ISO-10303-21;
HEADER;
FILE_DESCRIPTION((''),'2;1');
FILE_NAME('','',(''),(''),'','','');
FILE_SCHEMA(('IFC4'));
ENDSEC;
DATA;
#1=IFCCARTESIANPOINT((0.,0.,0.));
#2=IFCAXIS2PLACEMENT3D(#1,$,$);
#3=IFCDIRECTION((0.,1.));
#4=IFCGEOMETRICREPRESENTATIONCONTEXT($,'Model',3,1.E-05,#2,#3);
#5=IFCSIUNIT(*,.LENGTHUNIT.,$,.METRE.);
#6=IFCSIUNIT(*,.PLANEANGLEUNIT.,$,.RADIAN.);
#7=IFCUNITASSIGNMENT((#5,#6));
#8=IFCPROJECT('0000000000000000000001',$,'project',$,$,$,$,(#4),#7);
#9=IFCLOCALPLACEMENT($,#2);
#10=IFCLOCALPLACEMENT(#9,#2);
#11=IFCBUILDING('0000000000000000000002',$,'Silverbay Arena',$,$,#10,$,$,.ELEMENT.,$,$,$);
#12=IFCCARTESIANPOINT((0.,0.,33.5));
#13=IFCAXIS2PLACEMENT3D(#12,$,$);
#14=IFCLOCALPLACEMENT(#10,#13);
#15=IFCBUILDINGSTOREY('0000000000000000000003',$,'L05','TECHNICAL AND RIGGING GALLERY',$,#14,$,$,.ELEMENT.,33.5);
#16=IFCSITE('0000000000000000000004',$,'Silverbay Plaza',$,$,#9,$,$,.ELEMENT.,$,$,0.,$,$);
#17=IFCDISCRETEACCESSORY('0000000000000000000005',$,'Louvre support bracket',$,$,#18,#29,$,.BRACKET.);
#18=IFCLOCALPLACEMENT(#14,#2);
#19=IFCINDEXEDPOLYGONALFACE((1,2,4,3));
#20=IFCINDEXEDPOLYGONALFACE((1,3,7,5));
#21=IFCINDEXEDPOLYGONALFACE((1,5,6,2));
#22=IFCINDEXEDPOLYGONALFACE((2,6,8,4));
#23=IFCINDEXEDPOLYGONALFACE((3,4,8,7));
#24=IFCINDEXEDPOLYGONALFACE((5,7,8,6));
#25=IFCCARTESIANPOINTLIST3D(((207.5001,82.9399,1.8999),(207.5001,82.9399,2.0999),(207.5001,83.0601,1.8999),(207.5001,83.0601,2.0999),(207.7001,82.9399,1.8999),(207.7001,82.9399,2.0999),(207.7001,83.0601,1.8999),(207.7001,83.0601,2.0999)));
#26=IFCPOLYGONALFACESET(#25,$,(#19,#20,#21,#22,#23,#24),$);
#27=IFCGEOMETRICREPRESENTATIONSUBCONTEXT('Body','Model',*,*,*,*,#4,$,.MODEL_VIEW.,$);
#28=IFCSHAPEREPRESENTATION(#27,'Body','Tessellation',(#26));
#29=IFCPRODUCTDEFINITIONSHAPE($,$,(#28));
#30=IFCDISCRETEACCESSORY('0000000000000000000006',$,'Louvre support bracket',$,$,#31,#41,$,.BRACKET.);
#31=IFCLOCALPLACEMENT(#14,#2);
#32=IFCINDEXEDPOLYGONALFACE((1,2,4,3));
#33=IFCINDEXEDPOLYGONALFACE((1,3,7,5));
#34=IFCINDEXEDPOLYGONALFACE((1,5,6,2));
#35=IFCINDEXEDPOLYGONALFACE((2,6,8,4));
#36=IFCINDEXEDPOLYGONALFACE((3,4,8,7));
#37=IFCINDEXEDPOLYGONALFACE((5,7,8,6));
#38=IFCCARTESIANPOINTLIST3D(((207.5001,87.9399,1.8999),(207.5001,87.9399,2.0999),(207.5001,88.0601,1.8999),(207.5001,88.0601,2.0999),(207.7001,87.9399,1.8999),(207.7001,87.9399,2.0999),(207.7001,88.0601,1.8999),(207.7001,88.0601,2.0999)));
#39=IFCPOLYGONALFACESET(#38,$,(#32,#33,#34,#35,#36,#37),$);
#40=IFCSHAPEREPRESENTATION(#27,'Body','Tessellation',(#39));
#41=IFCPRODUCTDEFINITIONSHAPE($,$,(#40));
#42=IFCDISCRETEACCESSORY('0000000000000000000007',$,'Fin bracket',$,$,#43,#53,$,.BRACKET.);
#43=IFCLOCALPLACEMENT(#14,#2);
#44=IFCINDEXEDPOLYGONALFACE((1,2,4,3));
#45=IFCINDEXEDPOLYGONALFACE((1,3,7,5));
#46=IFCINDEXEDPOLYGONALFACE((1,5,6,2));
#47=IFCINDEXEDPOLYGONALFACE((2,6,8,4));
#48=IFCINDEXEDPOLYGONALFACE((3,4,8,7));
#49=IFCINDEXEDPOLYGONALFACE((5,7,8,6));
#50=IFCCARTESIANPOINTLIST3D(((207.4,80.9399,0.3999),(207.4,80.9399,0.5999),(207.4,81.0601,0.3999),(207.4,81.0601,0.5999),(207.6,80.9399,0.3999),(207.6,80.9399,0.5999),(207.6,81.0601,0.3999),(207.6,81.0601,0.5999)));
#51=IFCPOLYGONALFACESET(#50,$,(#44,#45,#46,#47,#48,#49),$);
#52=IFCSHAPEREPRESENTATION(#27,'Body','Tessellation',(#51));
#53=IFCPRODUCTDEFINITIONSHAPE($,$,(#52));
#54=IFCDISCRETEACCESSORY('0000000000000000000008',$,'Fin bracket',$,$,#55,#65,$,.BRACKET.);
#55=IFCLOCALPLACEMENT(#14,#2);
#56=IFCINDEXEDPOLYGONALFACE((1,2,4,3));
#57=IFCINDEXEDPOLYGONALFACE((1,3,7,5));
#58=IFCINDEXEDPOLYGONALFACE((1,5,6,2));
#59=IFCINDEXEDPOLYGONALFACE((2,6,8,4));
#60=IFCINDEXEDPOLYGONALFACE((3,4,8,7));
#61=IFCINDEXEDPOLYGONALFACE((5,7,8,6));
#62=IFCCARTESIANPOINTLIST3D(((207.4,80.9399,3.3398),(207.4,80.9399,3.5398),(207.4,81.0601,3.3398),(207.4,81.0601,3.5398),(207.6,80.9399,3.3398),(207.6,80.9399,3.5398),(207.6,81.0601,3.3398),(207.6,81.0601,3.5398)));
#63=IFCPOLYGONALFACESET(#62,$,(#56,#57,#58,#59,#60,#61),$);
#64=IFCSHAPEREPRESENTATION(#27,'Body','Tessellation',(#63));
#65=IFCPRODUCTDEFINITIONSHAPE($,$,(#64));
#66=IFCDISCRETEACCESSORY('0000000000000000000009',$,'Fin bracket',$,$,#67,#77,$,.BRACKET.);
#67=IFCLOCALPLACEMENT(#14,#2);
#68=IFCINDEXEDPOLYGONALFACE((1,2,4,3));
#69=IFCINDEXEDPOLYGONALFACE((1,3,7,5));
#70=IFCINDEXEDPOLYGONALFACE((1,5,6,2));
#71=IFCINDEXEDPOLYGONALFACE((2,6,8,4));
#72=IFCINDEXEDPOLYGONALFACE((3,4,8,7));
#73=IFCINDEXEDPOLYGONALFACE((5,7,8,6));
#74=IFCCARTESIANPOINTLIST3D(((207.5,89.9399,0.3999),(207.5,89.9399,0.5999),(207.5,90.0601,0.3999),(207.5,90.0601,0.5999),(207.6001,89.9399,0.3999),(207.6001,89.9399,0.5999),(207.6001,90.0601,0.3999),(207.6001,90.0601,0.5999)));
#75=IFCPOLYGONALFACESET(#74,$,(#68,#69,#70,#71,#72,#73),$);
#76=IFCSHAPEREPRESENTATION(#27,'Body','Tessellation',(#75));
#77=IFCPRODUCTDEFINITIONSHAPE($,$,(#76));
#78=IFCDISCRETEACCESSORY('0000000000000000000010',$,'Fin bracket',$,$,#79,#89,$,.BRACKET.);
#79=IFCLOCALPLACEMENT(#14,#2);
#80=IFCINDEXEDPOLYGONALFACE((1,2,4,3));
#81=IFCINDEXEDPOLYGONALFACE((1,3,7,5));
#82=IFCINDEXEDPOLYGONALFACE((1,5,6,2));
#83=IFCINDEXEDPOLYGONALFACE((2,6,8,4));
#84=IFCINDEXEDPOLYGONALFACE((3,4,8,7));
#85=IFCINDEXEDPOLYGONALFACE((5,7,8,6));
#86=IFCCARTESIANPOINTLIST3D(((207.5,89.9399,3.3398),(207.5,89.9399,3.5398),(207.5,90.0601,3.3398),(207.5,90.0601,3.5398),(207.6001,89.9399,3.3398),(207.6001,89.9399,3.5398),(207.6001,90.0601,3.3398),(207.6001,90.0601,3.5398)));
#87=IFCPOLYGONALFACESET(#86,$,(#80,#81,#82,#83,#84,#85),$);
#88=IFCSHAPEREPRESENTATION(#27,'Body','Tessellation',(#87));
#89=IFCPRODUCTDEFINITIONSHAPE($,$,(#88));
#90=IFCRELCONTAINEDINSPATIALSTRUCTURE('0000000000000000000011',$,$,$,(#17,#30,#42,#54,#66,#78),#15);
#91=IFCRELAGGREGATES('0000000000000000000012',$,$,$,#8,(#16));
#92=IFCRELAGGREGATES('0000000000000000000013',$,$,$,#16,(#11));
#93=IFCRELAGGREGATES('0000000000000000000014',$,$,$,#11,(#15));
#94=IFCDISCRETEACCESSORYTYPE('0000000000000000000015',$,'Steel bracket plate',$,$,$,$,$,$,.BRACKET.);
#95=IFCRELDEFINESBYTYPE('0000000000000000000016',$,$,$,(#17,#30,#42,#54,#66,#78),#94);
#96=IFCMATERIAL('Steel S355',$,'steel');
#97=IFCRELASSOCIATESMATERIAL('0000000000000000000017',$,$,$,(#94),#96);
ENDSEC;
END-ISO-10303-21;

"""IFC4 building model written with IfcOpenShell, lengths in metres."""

from ifc_helpers import new_model, si_unit, direction, frame, origin, origin_2d, place, context, subcontext, project, spatial, rectangle, extrude, material, type_object, element, save


model = new_model("IFC4")

# Units and contexts
model_context = context("Model", 3, precision=1e-05, world=origin(), true_north=direction((0.0, 1.0)))
body_context = subcontext(model_context, "Body", "Model", "MODEL_VIEW")
ifc_project = project(units=[si_unit("LENGTHUNIT", "METRE"), si_unit("PLANEANGLEUNIT", "RADIAN")], contexts=[model_context])

# Site, building, storey
site_placement = place(None, origin())
site = spatial("IfcSite", under=ifc_project, at=site_placement, Name="Silverbay Plaza", CompositionType="ELEMENT", RefElevation=0.0)
building_placement = place(site_placement, origin())
building = spatial("IfcBuilding", under=site, at=building_placement, Name="Silverbay Arena", CompositionType="ELEMENT")
storey_placement = place(building_placement, frame((0.0, 0.0, 33.5)))
storey = spatial("IfcBuildingStorey", under=building, at=storey_placement, Name="L05", Description="TECHNICAL AND RIGGING GALLERY", CompositionType="ELEMENT", Elevation=33.5)

# Discrete accessories
ifc_material_1 = material(Name="Steel S355", Category="steel")
discrete_accessory_type = type_object("IfcDiscreteAccessoryType", Name="Steel bracket plate", PredefinedType="BRACKET", material=ifc_material_1)
for number, where, z_axis, x_axis, name in (
    (1, (207.6001, 83.0, 1.8999), (0.0, 0.0, 1.0), (0.0, 1.0, 0.0), "Louvre support bracket"),
    (2, (207.6001, 88.0, 1.8999), (0.0, 0.0, 1.0), (0.0, 1.0, 0.0), "Louvre support bracket"),
):
    element("IfcDiscreteAccessory", number, at=place(storey_placement, frame(where, z_axis=z_axis, x_axis=x_axis)), inside=storey, type_object=discrete_accessory_type, Name=name, PredefinedType="BRACKET", context=body_context, shape_type="SweptSolid", body=[
        extrude(rectangle(XDim=0.1201, YDim=0.2, at=origin_2d()), origin(), (0.0, 0.0, 1.0), 0.2),
    ])
for number, where, z_axis, x_axis, name in (
    (3, (207.5, 81.0, 0.3999), (0.0, 0.0, 1.0), (1.0, 0.0, 0.0), "Fin bracket"),
    (4, (207.5, 81.0, 3.3398), (0.0, 0.0, 1.0), (1.0, 0.0, 0.0), "Fin bracket"),
):
    element("IfcDiscreteAccessory", number, at=place(storey_placement, frame(where, z_axis=z_axis, x_axis=x_axis)), inside=storey, type_object=discrete_accessory_type, Name=name, PredefinedType="BRACKET", context=body_context, shape_type="SweptSolid", body=[
        extrude(rectangle(XDim=0.2, YDim=0.1201, at=origin_2d()), origin(), (0.0, 0.0, 1.0), 0.2),
    ])
for number, where, z_axis, x_axis, name in (
    (5, (207.55, 90.0, 0.3999), (0.0, 0.0, 1.0), (1.0, 0.0, 0.0), "Fin bracket"),
    (6, (207.55, 90.0, 3.3398), (0.0, 0.0, 1.0), (1.0, 0.0, 0.0), "Fin bracket"),
):
    element("IfcDiscreteAccessory", number, at=place(storey_placement, frame(where, z_axis=z_axis, x_axis=x_axis)), inside=storey, type_object=discrete_accessory_type, Name=name, PredefinedType="BRACKET", context=body_context, shape_type="SweptSolid", body=[
        extrude(rectangle(XDim=0.1001, YDim=0.1201, at=origin_2d()), origin(), (0.0, 0.0, 1.0), 0.2),
    ])

save(model, "model.ifc")
